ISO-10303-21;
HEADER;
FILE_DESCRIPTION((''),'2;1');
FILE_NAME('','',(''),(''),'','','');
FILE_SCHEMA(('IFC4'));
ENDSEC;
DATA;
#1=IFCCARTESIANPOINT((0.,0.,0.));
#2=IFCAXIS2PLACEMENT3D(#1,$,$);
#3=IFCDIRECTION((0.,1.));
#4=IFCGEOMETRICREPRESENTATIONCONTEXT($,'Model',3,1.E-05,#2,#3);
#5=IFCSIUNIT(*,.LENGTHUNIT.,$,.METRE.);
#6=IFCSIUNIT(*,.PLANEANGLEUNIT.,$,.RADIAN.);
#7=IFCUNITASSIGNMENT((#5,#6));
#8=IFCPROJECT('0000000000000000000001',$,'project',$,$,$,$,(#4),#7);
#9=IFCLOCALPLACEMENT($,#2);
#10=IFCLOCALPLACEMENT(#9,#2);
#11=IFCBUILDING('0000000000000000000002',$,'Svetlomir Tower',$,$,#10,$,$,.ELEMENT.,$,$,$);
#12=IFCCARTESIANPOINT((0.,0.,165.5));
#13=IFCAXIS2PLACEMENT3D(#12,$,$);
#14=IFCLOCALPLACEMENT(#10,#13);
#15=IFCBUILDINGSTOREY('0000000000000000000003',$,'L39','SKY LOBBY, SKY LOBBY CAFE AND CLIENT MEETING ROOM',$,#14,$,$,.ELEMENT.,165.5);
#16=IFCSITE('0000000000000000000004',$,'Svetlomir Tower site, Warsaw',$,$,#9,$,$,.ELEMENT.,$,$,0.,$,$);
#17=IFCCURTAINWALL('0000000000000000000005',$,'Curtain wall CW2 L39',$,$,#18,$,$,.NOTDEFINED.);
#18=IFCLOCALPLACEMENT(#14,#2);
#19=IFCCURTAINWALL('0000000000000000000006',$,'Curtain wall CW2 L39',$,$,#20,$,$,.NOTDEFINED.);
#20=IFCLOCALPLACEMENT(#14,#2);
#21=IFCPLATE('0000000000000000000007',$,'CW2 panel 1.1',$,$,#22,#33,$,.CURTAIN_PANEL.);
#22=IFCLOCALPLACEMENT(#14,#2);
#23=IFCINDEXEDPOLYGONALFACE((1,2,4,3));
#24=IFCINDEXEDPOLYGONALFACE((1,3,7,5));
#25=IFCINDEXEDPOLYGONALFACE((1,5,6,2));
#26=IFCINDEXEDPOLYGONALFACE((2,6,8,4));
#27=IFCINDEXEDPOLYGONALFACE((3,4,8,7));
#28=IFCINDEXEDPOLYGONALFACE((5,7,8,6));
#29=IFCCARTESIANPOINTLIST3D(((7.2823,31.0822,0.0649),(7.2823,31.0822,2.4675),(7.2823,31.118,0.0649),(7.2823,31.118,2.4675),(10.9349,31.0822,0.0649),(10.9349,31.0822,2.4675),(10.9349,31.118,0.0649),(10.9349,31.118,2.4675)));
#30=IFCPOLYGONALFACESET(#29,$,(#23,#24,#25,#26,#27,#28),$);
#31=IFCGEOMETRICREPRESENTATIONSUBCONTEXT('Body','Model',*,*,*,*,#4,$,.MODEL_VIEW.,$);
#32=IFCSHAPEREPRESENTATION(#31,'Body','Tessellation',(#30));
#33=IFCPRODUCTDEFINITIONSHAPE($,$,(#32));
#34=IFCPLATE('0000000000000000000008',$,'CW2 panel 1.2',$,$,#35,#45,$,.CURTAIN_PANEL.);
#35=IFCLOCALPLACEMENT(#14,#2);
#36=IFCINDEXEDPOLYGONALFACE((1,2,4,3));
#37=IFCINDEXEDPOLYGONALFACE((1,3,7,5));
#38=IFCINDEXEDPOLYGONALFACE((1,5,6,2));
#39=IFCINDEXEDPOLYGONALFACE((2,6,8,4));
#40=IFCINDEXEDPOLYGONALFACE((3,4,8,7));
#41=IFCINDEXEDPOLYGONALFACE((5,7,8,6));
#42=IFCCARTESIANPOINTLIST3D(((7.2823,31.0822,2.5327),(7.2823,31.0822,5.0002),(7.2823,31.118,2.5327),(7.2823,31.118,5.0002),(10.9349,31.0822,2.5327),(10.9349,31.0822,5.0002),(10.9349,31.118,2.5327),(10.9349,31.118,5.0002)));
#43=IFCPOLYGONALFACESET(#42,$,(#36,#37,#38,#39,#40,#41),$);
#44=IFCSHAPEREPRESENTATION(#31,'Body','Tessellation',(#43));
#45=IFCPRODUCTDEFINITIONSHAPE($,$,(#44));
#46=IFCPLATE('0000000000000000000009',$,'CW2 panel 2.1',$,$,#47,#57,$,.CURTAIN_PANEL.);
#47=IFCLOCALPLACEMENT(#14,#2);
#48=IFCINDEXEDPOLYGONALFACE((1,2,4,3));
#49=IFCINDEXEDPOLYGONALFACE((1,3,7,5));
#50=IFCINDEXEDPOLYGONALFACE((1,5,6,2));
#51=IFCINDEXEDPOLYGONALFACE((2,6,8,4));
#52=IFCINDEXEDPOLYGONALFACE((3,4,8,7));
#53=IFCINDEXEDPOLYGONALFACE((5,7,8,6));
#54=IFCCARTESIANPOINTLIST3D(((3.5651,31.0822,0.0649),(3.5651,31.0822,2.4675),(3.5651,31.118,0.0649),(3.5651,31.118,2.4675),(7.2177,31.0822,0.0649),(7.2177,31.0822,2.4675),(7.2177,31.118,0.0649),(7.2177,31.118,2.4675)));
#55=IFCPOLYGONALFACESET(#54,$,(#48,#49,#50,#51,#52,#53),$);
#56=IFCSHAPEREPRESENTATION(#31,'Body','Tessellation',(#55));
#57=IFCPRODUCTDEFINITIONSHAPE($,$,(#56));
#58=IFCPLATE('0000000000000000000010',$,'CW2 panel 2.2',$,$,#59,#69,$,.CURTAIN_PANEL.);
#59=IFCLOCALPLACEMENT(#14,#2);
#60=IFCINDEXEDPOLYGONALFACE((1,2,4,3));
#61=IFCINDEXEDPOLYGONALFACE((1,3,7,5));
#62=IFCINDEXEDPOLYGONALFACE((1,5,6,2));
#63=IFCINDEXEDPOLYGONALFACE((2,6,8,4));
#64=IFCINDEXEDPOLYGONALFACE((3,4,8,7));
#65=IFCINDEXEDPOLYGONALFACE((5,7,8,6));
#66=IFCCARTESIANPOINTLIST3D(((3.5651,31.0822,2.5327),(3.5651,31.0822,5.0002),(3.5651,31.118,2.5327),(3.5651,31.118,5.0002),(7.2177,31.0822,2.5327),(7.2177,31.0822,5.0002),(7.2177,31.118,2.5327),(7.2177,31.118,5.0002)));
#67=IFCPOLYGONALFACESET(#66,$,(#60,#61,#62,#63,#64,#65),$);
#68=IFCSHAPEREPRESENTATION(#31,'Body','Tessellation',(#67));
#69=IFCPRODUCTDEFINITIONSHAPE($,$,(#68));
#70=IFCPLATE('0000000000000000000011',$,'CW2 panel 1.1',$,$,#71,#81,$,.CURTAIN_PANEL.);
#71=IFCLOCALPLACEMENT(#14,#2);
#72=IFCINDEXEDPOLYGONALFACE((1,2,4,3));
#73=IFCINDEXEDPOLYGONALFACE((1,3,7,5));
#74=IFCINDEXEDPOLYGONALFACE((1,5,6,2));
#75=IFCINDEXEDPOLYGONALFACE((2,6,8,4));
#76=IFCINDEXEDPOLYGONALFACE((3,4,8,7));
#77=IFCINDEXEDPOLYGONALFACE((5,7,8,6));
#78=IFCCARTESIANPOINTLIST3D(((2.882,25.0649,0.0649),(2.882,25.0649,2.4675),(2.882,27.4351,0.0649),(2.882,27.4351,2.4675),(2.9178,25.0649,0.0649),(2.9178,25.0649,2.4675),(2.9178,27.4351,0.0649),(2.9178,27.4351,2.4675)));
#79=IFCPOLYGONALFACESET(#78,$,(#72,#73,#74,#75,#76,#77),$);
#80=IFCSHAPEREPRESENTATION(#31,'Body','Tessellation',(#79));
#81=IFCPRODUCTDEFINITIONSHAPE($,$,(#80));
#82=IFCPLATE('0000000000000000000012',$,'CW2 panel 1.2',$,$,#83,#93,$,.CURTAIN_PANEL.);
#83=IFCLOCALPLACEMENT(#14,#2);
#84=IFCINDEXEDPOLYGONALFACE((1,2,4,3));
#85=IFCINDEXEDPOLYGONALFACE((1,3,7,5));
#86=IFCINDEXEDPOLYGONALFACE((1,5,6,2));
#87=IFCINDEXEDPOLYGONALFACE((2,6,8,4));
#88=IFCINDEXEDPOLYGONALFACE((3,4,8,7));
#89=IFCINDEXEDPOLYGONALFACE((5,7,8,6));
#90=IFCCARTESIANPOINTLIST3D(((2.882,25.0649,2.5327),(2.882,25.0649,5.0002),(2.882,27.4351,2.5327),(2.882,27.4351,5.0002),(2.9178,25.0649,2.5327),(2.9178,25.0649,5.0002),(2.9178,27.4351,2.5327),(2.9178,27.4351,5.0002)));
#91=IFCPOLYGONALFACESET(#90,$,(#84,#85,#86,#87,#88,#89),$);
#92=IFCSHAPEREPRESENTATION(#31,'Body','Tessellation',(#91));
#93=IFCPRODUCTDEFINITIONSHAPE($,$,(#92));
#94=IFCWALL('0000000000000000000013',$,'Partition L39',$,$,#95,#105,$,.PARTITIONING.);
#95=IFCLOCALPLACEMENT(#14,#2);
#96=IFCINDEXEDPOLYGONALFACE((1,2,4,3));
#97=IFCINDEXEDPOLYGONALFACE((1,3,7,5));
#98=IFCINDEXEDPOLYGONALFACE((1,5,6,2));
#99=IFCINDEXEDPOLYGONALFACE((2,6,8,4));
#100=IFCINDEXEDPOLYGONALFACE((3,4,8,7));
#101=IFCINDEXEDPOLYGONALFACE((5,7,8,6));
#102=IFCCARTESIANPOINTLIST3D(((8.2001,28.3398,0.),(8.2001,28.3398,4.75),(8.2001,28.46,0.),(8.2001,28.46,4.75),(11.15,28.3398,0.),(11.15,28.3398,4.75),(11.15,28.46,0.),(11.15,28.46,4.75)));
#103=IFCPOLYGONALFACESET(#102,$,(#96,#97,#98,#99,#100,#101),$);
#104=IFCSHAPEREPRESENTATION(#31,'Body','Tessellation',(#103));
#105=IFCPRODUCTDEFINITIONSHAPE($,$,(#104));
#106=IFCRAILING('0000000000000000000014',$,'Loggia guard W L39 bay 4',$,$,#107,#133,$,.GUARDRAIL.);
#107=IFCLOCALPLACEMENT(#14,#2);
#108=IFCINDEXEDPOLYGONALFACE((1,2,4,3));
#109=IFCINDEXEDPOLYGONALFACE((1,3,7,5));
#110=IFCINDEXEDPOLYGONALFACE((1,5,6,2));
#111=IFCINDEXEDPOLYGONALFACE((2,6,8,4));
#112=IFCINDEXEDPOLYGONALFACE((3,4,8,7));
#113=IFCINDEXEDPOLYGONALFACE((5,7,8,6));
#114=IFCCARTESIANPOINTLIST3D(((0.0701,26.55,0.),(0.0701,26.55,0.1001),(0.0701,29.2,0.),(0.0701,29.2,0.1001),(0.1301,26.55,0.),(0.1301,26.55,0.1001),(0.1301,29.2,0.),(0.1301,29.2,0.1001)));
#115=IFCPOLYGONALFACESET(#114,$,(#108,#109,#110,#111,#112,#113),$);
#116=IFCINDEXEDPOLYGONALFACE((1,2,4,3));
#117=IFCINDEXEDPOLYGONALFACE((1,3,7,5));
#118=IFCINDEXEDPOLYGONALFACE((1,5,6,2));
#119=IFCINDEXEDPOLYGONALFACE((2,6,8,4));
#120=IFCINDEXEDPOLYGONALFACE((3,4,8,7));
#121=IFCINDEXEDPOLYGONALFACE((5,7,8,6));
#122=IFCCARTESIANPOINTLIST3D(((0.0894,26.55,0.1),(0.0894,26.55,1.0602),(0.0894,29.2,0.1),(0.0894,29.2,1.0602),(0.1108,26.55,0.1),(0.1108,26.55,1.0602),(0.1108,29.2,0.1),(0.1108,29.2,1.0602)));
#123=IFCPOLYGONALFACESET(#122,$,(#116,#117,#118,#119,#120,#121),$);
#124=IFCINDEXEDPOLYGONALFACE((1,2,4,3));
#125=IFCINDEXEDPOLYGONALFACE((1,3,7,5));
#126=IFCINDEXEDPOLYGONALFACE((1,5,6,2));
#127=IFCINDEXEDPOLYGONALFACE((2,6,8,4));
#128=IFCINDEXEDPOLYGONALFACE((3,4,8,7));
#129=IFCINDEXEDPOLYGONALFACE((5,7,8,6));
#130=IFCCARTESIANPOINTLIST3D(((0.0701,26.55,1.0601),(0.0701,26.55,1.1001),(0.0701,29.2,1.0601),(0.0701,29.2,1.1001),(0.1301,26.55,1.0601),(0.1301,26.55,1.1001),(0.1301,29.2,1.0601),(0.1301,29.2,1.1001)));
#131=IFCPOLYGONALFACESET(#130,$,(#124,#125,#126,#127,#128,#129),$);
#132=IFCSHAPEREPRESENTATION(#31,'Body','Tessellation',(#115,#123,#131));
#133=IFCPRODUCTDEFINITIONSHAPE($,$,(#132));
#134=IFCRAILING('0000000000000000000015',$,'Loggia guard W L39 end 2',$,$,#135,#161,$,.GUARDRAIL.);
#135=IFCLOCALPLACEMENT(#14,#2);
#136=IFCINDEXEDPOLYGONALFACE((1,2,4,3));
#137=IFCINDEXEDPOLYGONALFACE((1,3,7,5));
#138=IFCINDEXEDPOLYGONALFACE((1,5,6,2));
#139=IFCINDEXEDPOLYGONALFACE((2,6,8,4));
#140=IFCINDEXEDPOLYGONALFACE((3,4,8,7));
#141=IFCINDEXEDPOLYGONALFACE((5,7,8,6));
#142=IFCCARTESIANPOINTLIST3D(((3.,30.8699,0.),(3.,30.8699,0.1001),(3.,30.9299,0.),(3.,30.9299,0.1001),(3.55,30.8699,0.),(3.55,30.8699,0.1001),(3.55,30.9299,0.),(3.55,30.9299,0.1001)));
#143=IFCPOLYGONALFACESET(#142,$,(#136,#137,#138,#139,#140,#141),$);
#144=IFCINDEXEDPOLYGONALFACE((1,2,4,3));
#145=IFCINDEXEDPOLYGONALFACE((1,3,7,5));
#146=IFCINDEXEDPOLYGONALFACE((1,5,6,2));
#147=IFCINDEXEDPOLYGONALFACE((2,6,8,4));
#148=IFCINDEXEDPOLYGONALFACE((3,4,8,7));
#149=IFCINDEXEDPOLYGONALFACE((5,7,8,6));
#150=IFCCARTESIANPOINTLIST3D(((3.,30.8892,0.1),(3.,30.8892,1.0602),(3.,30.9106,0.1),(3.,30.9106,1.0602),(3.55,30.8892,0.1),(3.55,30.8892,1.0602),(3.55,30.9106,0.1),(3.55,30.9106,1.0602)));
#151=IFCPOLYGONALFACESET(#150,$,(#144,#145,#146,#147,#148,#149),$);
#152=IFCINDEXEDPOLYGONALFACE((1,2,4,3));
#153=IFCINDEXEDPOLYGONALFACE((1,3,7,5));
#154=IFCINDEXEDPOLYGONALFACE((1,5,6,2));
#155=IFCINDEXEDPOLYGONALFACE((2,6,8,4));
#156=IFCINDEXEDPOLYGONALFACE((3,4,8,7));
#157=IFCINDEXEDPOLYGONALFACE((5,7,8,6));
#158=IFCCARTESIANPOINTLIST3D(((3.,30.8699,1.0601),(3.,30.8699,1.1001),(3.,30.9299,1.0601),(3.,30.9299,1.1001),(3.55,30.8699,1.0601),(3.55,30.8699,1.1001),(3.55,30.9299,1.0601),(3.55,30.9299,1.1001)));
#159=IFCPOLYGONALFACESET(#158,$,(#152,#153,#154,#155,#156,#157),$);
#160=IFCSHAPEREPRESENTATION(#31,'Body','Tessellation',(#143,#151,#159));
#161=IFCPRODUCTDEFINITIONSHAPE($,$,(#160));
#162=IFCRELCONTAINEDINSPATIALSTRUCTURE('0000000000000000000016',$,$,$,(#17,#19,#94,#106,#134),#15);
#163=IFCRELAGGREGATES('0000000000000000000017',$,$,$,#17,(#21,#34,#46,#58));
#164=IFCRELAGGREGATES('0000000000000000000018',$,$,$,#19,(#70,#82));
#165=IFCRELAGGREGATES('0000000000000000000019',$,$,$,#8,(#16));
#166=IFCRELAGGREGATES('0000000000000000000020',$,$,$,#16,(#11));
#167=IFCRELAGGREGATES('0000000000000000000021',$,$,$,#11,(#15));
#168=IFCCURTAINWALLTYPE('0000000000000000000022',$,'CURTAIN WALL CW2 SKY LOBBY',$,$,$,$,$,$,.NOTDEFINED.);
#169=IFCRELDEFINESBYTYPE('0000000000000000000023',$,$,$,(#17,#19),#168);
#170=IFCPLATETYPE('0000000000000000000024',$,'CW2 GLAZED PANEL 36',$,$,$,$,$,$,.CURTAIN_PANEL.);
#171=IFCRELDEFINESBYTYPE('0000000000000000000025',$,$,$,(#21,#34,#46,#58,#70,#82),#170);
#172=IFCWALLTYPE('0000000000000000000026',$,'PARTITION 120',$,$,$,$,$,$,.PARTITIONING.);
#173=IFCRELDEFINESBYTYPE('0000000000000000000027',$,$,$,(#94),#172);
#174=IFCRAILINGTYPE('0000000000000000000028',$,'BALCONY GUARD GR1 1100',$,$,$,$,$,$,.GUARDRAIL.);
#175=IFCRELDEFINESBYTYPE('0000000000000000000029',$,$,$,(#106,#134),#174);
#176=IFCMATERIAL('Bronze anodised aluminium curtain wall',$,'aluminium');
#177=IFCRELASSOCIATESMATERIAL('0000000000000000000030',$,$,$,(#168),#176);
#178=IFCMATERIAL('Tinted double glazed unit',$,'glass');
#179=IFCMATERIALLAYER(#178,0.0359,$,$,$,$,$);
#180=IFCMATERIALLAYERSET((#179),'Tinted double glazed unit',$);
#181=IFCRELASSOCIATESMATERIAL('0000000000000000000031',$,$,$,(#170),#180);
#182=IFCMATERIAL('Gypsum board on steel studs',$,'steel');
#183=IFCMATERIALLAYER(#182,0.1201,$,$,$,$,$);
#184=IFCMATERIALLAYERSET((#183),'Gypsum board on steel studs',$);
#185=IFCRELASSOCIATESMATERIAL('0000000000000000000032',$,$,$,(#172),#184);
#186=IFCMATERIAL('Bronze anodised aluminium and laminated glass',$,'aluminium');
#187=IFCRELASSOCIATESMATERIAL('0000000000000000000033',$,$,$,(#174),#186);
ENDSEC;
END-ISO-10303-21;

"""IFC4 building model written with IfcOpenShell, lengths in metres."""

from ifc_helpers import new_model, si_unit, direction, frame, frame_2d, origin, origin_2d, place, context, subcontext, project, spatial, rectangle, extrude, material, layer, layer_set, type_object, element, aggregate, save


model = new_model("IFC4")

# Units and contexts
model_context = context("Model", 3, precision=1e-05, world=origin(), true_north=direction((0.0, 1.0)))
body_context = subcontext(model_context, "Body", "Model", "MODEL_VIEW")
ifc_project = project(units=[si_unit("LENGTHUNIT", "METRE"), si_unit("PLANEANGLEUNIT", "RADIAN")], contexts=[model_context])

# Site, building, storey
site_placement = place(None, origin())
site = spatial("IfcSite", under=ifc_project, at=site_placement, Name="Svetlomir Tower site, Warsaw", CompositionType="ELEMENT", RefElevation=0.0)
building_placement = place(site_placement, origin())
building = spatial("IfcBuilding", under=site, at=building_placement, Name="Svetlomir Tower", CompositionType="ELEMENT")
storey_placement = place(building_placement, frame((0.0, 0.0, 165.5)))
storey = spatial("IfcBuildingStorey", under=building, at=storey_placement, Name="L39", Description="SKY LOBBY, SKY LOBBY CAFE AND CLIENT MEETING ROOM", CompositionType="ELEMENT", Elevation=165.5)

# Curtain wall
ifc_material_1 = material(Name="Bronze anodised aluminium curtain wall", Category="aluminium")
curtain_wall_type = type_object("IfcCurtainWallType", Name="CURTAIN WALL CW2 SKY LOBBY", PredefinedType="NOTDEFINED", material=ifc_material_1)
curtain_wall_1_placement = place(storey_placement, origin())
curtain_wall_1 = element("IfcCurtainWall", 1, at=curtain_wall_1_placement, inside=storey, type_object=curtain_wall_type, Name="Curtain wall CW2 L39", PredefinedType="NOTDEFINED")

# Curtain wall
curtain_wall_2_placement = place(storey_placement, origin())
curtain_wall_2 = element("IfcCurtainWall", 2, at=curtain_wall_2_placement, inside=storey, type_object=curtain_wall_type, Name="Curtain wall CW2 L39", PredefinedType="NOTDEFINED")

# Plates
ifc_material_2 = material(Name="Tinted double glazed unit", Category="glass")
ifc_layer_1 = layer(ifc_material_2, 0.0359)
ifc_layer_set_1 = layer_set([ifc_layer_1], Name="Tinted double glazed unit")
plate_type = type_object("IfcPlateType", Name="CW2 GLAZED PANEL 36", PredefinedType="CURTAIN_PANEL", material=ifc_layer_set_1)
plate_1_placement = place(storey_placement, frame((9.1086, 31.1001, 0.0649), z_axis=(0.0, 0.0, 1.0), x_axis=(-1.0, 0.0, 0.0)))
plate_1 = element("IfcPlate", 3, at=plate_1_placement, type_object=plate_type, Name="CW2 panel 1.1", PredefinedType="CURTAIN_PANEL", context=body_context, shape_type="SweptSolid", body=[
    extrude(rectangle(XDim=3.6526, YDim=0.0359, at=origin_2d()), origin(), (0.0, 0.0, 1.0), 2.4026),
])
plate_2_placement = place(storey_placement, frame((9.1086, 31.1001, 2.5327), z_axis=(0.0, 0.0, 1.0), x_axis=(-1.0, 0.0, 0.0)))
plate_2 = element("IfcPlate", 4, at=plate_2_placement, type_object=plate_type, Name="CW2 panel 1.2", PredefinedType="CURTAIN_PANEL", context=body_context, shape_type="SweptSolid", body=[
    extrude(rectangle(XDim=3.6526, YDim=0.0359, at=origin_2d()), origin(), (0.0, 0.0, 1.0), 2.4675),
])
plate_3_placement = place(storey_placement, frame((5.3914, 31.1001, 0.0649), z_axis=(0.0, 0.0, 1.0), x_axis=(-1.0, 0.0, 0.0)))
plate_3 = element("IfcPlate", 5, at=plate_3_placement, type_object=plate_type, Name="CW2 panel 2.1", PredefinedType="CURTAIN_PANEL", context=body_context, shape_type="SweptSolid", body=[
    extrude(rectangle(XDim=3.6526, YDim=0.0359, at=origin_2d()), origin(), (0.0, 0.0, 1.0), 2.4026),
])
plate_4_placement = place(storey_placement, frame((5.3914, 31.1001, 2.5327), z_axis=(0.0, 0.0, 1.0), x_axis=(-1.0, 0.0, 0.0)))
plate_4 = element("IfcPlate", 6, at=plate_4_placement, type_object=plate_type, Name="CW2 panel 2.2", PredefinedType="CURTAIN_PANEL", context=body_context, shape_type="SweptSolid", body=[
    extrude(rectangle(XDim=3.6526, YDim=0.0359, at=origin_2d()), origin(), (0.0, 0.0, 1.0), 2.4675),
])
aggregate(curtain_wall_1, [plate_1, plate_2, plate_3, plate_4])
plate_5_placement = place(storey_placement, frame((2.8999, 26.25, 0.0649), z_axis=(0.0, 0.0, 1.0), x_axis=(0.0, -1.0, 0.0)))
plate_5 = element("IfcPlate", 7, at=plate_5_placement, type_object=plate_type, Name="CW2 panel 1.1", PredefinedType="CURTAIN_PANEL", context=body_context, shape_type="SweptSolid", body=[
    extrude(rectangle(XDim=2.3701, YDim=0.0359, at=origin_2d()), origin(), (0.0, 0.0, 1.0), 2.4026),
])
plate_6_placement = place(storey_placement, frame((2.8999, 26.25, 2.5327), z_axis=(0.0, 0.0, 1.0), x_axis=(0.0, -1.0, 0.0)))
plate_6 = element("IfcPlate", 8, at=plate_6_placement, type_object=plate_type, Name="CW2 panel 1.2", PredefinedType="CURTAIN_PANEL", context=body_context, shape_type="SweptSolid", body=[
    extrude(rectangle(XDim=2.3701, YDim=0.0359, at=origin_2d()), origin(), (0.0, 0.0, 1.0), 2.4675),
])
aggregate(curtain_wall_2, [plate_5, plate_6])

# Wall
ifc_material_3 = material(Name="Gypsum board on steel studs", Category="steel")
ifc_layer_2 = layer(ifc_material_3, 0.1201)
ifc_layer_set_2 = layer_set([ifc_layer_2], Name="Gypsum board on steel studs")
wall_type = type_object("IfcWallType", Name="PARTITION 120", PredefinedType="PARTITIONING", material=ifc_layer_set_2)
wall_placement = place(storey_placement, frame((8.2, 28.3999, 0.0), z_axis=(0.0, 0.0, 1.0), x_axis=(1.0, 0.0, 0.0)))
element("IfcWall", 9, at=wall_placement, inside=storey, type_object=wall_type, Name="Partition L39", PredefinedType="PARTITIONING", context=body_context, shape_type="SweptSolid", body=[
    extrude(rectangle(XDim=2.95, YDim=0.1201, at=frame_2d((1.4751, 0.0))), origin(), (0.0, 0.0, 1.0), 4.75),
])

# Railings
ifc_material_4 = material(Name="Bronze anodised aluminium and laminated glass", Category="aluminium")
railing_type = type_object("IfcRailingType", Name="BALCONY GUARD GR1 1100", PredefinedType="GUARDRAIL", material=ifc_material_4)
railing_1_placement = place(storey_placement, frame((0.1001, 26.55, 0.0)))
element("IfcRailing", 10, at=railing_1_placement, inside=storey, type_object=railing_type, Name="Loggia guard W L39 bay 4", PredefinedType="GUARDRAIL", context=body_context, shape_type="SweptSolid", body=[
    extrude(rectangle(XDim=0.0601, YDim=0.1001, at=origin_2d()), frame((0.0, 0.0, 0.05), z_axis=(0.0, 1.0, 0.0), x_axis=(-1.0, 0.0, 0.0)), (0.0, 0.0, 1.0), 2.6499),
    extrude(rectangle(XDim=0.0215, YDim=0.9602, at=origin_2d()), frame((0.0, 0.0, 0.5801), z_axis=(0.0, 1.0, 0.0), x_axis=(-1.0, 0.0, 0.0)), (0.0, 0.0, 1.0), 2.6499),
    extrude(rectangle(XDim=0.0601, YDim=0.04, at=origin_2d()), frame((0.0, 0.0, 1.0801), z_axis=(0.0, 1.0, 0.0), x_axis=(-1.0, 0.0, 0.0)), (0.0, 0.0, 1.0), 2.6499),
])
railing_2_placement = place(storey_placement, frame((3.55, 30.8999, 0.0)))
element("IfcRailing", 11, at=railing_2_placement, inside=storey, type_object=railing_type, Name="Loggia guard W L39 end 2", PredefinedType="GUARDRAIL", context=body_context, shape_type="SweptSolid", body=[
    extrude(rectangle(XDim=0.0601, YDim=0.1001, at=origin_2d()), frame((0.0, 0.0, 0.05), z_axis=(-1.0, 0.0, 0.0), x_axis=(0.0, -1.0, 0.0)), (0.0, 0.0, 1.0), 0.55),
    extrude(rectangle(XDim=0.0215, YDim=0.9602, at=origin_2d()), frame((0.0, 0.0, 0.5801), z_axis=(-1.0, 0.0, 0.0), x_axis=(0.0, -1.0, 0.0)), (0.0, 0.0, 1.0), 0.55),
    extrude(rectangle(XDim=0.0601, YDim=0.04, at=origin_2d()), frame((0.0, 0.0, 1.0801), z_axis=(-1.0, 0.0, 0.0), x_axis=(0.0, -1.0, 0.0)), (0.0, 0.0, 1.0), 0.55),
])

save(model, "model.ifc")
